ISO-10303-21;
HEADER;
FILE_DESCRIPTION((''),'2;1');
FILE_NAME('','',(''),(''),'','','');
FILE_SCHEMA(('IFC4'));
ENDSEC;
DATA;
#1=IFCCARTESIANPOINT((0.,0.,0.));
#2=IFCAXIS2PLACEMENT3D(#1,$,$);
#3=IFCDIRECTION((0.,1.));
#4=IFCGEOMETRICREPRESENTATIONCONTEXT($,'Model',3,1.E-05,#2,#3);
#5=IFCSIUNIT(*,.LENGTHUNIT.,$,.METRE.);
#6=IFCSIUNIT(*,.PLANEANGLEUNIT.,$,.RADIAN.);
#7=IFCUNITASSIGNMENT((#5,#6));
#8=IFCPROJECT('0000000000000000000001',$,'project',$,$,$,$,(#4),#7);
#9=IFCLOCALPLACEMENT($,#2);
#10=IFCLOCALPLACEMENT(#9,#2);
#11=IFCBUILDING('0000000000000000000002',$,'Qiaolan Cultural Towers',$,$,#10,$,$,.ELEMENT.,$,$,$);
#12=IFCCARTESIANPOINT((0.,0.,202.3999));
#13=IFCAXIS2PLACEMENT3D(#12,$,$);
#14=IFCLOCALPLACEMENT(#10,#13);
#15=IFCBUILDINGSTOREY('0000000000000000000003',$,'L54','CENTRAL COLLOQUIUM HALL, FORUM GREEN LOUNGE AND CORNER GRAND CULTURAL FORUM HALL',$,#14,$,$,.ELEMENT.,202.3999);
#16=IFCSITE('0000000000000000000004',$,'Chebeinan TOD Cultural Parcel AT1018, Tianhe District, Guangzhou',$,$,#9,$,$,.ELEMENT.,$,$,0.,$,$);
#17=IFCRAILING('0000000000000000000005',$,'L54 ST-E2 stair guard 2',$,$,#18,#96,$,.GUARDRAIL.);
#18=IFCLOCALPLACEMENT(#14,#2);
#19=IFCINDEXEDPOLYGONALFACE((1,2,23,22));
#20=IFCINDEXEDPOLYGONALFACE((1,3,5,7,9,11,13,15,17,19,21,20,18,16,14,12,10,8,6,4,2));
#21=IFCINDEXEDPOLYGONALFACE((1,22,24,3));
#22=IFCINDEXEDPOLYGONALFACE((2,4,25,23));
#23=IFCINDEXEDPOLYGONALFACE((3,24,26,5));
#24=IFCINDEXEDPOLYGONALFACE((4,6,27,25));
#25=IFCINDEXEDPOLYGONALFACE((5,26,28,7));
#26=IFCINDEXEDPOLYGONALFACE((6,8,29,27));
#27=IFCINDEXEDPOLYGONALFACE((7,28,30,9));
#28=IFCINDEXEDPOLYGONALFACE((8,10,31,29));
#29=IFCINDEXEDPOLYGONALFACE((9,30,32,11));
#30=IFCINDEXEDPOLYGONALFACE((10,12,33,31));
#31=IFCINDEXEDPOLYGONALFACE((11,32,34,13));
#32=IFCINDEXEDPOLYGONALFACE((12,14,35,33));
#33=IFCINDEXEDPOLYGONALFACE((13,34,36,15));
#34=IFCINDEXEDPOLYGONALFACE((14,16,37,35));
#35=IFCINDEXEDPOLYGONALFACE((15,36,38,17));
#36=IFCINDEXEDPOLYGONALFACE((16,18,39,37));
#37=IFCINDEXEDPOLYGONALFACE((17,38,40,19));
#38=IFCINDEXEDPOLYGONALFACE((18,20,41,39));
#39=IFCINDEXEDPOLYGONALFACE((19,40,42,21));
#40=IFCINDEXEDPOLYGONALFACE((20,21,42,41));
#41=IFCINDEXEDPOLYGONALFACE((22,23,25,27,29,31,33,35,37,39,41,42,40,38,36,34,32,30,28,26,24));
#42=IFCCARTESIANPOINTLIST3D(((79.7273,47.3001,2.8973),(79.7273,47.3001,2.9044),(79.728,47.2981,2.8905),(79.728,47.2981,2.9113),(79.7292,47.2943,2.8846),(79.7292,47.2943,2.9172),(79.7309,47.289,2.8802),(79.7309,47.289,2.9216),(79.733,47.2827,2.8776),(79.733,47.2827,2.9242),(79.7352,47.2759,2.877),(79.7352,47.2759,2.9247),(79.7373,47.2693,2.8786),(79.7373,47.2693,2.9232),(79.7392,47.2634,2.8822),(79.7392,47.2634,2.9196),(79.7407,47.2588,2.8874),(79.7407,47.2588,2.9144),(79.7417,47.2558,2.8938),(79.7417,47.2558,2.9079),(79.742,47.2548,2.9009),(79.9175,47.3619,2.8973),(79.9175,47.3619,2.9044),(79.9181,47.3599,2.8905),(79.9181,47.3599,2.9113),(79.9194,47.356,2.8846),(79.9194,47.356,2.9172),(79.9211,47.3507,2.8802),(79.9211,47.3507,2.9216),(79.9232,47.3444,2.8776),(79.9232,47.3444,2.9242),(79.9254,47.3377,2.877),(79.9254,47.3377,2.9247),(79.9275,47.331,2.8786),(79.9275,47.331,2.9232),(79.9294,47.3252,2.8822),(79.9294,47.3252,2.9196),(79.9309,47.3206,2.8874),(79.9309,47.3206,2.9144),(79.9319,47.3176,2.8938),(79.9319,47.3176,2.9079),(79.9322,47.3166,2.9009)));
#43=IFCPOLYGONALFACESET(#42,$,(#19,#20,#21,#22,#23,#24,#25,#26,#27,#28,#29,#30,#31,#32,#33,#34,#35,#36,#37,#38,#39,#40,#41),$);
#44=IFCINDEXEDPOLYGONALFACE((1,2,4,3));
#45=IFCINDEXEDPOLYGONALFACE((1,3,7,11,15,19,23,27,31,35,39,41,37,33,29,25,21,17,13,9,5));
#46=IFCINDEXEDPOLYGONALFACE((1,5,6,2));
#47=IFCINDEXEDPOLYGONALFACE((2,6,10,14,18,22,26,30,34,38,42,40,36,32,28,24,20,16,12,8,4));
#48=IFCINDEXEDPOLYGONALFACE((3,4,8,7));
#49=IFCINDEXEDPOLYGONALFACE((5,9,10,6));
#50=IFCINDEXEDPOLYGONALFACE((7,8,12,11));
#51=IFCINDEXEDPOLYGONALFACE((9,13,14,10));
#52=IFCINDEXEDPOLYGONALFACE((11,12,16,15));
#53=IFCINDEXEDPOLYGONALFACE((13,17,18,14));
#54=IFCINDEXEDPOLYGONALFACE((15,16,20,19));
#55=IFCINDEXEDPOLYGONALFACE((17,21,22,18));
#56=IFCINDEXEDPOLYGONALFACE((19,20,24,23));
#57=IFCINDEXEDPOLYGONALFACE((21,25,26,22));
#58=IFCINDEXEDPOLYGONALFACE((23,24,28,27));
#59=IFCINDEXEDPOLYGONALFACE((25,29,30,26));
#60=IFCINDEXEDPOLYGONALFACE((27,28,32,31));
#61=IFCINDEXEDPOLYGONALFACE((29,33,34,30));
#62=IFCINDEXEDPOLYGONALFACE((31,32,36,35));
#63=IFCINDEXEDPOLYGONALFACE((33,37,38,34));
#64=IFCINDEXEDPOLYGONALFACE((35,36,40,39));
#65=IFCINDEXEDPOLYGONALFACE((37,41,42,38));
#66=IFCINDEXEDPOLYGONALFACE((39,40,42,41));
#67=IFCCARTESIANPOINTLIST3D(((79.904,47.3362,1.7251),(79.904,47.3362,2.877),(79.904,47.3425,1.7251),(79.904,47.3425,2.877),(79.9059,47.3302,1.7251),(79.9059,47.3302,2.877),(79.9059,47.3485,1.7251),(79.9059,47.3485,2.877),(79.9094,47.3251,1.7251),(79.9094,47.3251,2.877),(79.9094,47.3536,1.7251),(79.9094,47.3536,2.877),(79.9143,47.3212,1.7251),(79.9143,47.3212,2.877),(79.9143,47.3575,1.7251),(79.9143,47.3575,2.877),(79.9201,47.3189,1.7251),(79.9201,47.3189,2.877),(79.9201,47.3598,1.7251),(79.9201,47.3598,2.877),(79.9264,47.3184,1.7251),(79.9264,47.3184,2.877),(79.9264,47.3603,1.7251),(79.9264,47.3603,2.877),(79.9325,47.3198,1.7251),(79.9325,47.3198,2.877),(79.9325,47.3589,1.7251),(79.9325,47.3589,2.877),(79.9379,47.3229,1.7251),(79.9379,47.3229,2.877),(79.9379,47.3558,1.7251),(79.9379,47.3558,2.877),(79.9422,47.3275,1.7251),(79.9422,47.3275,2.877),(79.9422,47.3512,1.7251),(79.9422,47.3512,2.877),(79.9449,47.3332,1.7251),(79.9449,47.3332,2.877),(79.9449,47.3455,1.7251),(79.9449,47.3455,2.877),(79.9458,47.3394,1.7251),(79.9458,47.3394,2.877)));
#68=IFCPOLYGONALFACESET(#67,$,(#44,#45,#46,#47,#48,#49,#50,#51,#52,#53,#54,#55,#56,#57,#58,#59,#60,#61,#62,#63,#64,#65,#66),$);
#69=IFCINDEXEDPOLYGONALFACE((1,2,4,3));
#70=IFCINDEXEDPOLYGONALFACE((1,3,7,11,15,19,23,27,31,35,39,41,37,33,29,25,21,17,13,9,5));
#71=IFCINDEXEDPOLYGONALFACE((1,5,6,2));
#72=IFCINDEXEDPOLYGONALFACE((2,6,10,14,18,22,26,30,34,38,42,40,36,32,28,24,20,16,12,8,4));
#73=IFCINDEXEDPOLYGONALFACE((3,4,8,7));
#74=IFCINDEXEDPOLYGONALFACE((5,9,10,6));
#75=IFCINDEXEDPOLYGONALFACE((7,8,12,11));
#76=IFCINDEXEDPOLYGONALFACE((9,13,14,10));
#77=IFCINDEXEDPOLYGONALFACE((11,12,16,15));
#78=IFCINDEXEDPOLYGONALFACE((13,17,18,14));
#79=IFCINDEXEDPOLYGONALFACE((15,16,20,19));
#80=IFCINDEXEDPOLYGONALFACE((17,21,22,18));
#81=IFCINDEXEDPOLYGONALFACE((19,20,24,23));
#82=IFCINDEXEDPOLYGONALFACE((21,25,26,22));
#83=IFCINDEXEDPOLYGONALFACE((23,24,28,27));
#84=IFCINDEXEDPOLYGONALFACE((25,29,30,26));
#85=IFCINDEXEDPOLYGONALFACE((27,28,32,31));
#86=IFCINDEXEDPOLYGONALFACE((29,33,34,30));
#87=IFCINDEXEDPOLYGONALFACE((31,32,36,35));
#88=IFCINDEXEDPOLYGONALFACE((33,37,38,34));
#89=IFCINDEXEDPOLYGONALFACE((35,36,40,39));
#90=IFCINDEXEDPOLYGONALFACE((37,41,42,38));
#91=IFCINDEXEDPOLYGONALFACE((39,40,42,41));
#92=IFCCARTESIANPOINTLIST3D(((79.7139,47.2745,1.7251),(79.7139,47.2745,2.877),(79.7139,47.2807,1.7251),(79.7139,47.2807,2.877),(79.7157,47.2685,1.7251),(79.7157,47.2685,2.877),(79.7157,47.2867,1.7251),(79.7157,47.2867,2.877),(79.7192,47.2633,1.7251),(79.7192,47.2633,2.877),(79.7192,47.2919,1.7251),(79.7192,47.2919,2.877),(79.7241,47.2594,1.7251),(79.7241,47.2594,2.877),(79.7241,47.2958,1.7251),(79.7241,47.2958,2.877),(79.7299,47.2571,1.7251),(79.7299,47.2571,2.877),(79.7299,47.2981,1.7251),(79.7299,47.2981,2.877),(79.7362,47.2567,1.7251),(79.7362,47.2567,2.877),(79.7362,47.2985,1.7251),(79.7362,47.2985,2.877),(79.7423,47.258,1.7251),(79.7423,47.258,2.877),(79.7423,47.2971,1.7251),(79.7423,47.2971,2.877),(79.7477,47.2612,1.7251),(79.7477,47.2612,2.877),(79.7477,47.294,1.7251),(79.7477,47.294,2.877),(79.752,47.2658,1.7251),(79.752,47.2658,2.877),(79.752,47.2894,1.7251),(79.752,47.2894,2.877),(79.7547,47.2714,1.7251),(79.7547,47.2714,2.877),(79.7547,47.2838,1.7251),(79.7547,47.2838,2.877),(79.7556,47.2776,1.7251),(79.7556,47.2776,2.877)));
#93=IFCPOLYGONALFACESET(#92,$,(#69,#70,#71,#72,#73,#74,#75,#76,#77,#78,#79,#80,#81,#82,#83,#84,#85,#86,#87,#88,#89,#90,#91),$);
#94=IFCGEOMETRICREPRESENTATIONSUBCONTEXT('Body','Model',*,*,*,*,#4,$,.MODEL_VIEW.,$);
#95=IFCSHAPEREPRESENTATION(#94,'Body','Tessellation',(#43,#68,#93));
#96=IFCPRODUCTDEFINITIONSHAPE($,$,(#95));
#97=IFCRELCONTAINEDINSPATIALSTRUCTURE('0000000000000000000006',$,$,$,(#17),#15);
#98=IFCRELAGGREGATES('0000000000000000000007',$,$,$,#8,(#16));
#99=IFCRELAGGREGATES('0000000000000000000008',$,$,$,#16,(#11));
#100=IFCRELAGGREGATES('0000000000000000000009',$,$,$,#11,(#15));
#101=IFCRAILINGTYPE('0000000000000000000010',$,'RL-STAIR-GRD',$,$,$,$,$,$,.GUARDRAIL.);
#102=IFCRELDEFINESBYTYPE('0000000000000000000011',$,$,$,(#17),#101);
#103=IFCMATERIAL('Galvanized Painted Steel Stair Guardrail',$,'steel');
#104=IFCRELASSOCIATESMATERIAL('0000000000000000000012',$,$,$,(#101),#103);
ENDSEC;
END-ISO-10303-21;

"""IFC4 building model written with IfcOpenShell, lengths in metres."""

from ifc_helpers import new_model, si_unit, direction, frame, origin, origin_2d, place, context, subcontext, project, spatial, circle, extrude, material, type_object, element, save


model = new_model("IFC4")

# Units and contexts
model_context = context("Model", 3, precision=1e-05, world=origin(), true_north=direction((0.0, 1.0)))
body_context = subcontext(model_context, "Body", "Model", "MODEL_VIEW")
ifc_project = project(units=[si_unit("LENGTHUNIT", "METRE"), si_unit("PLANEANGLEUNIT", "RADIAN")], contexts=[model_context])

# Site, building, storey
site_placement = place(None, origin())
site = spatial("IfcSite", under=ifc_project, at=site_placement, Name="Chebeinan TOD Cultural Parcel AT1018, Tianhe District, Guangzhou", CompositionType="ELEMENT", RefElevation=0.0)
building_placement = place(site_placement, origin())
building = spatial("IfcBuilding", under=site, at=building_placement, Name="Qiaolan Cultural Towers", CompositionType="ELEMENT")
storey_placement = place(building_placement, frame((0.0, 0.0, 202.3999)))
storey = spatial("IfcBuildingStorey", under=building, at=storey_placement, Name="L54", Description="CENTRAL COLLOQUIUM HALL, FORUM GREEN LOUNGE AND CORNER GRAND CULTURAL FORUM HALL", CompositionType="ELEMENT", Elevation=202.3999)

# Railing
ifc_material_1 = material(Name="Galvanized Painted Steel Stair Guardrail", Category="steel")
railing_type_1 = type_object("IfcRailingType", Name="RL-STAIR-GRD", PredefinedType="GUARDRAIL", material=ifc_material_1)
railing_1_placement = place(storey_placement, frame((79.9248, 47.3394, 1.7251)))
element("IfcRailing", 1, at=railing_1_placement, inside=storey, type_object=railing_type_1, Name="L54 ST-E2 stair guard 2", PredefinedType="GUARDRAIL", context=body_context, shape_type="SweptSolid", body=[
    extrude(circle(Radius=0.0239, at=origin_2d()), frame((0.0, 0.0, 1.1758), z_axis=(-0.951097, -0.308893, 0.0), x_axis=(0.308893, -0.951097, 0.0)), (0.0, 0.0, 1.0), 0.2),
    extrude(circle(Radius=0.021, at=origin_2d()), origin(), (0.0, 0.0, 1.0), 1.1519),
    extrude(circle(Radius=0.021, at=origin_2d()), frame((-0.1902, -0.0618, 0.0)), (0.0, 0.0, 1.0), 1.1519),
])

save(model, "model.ifc")
